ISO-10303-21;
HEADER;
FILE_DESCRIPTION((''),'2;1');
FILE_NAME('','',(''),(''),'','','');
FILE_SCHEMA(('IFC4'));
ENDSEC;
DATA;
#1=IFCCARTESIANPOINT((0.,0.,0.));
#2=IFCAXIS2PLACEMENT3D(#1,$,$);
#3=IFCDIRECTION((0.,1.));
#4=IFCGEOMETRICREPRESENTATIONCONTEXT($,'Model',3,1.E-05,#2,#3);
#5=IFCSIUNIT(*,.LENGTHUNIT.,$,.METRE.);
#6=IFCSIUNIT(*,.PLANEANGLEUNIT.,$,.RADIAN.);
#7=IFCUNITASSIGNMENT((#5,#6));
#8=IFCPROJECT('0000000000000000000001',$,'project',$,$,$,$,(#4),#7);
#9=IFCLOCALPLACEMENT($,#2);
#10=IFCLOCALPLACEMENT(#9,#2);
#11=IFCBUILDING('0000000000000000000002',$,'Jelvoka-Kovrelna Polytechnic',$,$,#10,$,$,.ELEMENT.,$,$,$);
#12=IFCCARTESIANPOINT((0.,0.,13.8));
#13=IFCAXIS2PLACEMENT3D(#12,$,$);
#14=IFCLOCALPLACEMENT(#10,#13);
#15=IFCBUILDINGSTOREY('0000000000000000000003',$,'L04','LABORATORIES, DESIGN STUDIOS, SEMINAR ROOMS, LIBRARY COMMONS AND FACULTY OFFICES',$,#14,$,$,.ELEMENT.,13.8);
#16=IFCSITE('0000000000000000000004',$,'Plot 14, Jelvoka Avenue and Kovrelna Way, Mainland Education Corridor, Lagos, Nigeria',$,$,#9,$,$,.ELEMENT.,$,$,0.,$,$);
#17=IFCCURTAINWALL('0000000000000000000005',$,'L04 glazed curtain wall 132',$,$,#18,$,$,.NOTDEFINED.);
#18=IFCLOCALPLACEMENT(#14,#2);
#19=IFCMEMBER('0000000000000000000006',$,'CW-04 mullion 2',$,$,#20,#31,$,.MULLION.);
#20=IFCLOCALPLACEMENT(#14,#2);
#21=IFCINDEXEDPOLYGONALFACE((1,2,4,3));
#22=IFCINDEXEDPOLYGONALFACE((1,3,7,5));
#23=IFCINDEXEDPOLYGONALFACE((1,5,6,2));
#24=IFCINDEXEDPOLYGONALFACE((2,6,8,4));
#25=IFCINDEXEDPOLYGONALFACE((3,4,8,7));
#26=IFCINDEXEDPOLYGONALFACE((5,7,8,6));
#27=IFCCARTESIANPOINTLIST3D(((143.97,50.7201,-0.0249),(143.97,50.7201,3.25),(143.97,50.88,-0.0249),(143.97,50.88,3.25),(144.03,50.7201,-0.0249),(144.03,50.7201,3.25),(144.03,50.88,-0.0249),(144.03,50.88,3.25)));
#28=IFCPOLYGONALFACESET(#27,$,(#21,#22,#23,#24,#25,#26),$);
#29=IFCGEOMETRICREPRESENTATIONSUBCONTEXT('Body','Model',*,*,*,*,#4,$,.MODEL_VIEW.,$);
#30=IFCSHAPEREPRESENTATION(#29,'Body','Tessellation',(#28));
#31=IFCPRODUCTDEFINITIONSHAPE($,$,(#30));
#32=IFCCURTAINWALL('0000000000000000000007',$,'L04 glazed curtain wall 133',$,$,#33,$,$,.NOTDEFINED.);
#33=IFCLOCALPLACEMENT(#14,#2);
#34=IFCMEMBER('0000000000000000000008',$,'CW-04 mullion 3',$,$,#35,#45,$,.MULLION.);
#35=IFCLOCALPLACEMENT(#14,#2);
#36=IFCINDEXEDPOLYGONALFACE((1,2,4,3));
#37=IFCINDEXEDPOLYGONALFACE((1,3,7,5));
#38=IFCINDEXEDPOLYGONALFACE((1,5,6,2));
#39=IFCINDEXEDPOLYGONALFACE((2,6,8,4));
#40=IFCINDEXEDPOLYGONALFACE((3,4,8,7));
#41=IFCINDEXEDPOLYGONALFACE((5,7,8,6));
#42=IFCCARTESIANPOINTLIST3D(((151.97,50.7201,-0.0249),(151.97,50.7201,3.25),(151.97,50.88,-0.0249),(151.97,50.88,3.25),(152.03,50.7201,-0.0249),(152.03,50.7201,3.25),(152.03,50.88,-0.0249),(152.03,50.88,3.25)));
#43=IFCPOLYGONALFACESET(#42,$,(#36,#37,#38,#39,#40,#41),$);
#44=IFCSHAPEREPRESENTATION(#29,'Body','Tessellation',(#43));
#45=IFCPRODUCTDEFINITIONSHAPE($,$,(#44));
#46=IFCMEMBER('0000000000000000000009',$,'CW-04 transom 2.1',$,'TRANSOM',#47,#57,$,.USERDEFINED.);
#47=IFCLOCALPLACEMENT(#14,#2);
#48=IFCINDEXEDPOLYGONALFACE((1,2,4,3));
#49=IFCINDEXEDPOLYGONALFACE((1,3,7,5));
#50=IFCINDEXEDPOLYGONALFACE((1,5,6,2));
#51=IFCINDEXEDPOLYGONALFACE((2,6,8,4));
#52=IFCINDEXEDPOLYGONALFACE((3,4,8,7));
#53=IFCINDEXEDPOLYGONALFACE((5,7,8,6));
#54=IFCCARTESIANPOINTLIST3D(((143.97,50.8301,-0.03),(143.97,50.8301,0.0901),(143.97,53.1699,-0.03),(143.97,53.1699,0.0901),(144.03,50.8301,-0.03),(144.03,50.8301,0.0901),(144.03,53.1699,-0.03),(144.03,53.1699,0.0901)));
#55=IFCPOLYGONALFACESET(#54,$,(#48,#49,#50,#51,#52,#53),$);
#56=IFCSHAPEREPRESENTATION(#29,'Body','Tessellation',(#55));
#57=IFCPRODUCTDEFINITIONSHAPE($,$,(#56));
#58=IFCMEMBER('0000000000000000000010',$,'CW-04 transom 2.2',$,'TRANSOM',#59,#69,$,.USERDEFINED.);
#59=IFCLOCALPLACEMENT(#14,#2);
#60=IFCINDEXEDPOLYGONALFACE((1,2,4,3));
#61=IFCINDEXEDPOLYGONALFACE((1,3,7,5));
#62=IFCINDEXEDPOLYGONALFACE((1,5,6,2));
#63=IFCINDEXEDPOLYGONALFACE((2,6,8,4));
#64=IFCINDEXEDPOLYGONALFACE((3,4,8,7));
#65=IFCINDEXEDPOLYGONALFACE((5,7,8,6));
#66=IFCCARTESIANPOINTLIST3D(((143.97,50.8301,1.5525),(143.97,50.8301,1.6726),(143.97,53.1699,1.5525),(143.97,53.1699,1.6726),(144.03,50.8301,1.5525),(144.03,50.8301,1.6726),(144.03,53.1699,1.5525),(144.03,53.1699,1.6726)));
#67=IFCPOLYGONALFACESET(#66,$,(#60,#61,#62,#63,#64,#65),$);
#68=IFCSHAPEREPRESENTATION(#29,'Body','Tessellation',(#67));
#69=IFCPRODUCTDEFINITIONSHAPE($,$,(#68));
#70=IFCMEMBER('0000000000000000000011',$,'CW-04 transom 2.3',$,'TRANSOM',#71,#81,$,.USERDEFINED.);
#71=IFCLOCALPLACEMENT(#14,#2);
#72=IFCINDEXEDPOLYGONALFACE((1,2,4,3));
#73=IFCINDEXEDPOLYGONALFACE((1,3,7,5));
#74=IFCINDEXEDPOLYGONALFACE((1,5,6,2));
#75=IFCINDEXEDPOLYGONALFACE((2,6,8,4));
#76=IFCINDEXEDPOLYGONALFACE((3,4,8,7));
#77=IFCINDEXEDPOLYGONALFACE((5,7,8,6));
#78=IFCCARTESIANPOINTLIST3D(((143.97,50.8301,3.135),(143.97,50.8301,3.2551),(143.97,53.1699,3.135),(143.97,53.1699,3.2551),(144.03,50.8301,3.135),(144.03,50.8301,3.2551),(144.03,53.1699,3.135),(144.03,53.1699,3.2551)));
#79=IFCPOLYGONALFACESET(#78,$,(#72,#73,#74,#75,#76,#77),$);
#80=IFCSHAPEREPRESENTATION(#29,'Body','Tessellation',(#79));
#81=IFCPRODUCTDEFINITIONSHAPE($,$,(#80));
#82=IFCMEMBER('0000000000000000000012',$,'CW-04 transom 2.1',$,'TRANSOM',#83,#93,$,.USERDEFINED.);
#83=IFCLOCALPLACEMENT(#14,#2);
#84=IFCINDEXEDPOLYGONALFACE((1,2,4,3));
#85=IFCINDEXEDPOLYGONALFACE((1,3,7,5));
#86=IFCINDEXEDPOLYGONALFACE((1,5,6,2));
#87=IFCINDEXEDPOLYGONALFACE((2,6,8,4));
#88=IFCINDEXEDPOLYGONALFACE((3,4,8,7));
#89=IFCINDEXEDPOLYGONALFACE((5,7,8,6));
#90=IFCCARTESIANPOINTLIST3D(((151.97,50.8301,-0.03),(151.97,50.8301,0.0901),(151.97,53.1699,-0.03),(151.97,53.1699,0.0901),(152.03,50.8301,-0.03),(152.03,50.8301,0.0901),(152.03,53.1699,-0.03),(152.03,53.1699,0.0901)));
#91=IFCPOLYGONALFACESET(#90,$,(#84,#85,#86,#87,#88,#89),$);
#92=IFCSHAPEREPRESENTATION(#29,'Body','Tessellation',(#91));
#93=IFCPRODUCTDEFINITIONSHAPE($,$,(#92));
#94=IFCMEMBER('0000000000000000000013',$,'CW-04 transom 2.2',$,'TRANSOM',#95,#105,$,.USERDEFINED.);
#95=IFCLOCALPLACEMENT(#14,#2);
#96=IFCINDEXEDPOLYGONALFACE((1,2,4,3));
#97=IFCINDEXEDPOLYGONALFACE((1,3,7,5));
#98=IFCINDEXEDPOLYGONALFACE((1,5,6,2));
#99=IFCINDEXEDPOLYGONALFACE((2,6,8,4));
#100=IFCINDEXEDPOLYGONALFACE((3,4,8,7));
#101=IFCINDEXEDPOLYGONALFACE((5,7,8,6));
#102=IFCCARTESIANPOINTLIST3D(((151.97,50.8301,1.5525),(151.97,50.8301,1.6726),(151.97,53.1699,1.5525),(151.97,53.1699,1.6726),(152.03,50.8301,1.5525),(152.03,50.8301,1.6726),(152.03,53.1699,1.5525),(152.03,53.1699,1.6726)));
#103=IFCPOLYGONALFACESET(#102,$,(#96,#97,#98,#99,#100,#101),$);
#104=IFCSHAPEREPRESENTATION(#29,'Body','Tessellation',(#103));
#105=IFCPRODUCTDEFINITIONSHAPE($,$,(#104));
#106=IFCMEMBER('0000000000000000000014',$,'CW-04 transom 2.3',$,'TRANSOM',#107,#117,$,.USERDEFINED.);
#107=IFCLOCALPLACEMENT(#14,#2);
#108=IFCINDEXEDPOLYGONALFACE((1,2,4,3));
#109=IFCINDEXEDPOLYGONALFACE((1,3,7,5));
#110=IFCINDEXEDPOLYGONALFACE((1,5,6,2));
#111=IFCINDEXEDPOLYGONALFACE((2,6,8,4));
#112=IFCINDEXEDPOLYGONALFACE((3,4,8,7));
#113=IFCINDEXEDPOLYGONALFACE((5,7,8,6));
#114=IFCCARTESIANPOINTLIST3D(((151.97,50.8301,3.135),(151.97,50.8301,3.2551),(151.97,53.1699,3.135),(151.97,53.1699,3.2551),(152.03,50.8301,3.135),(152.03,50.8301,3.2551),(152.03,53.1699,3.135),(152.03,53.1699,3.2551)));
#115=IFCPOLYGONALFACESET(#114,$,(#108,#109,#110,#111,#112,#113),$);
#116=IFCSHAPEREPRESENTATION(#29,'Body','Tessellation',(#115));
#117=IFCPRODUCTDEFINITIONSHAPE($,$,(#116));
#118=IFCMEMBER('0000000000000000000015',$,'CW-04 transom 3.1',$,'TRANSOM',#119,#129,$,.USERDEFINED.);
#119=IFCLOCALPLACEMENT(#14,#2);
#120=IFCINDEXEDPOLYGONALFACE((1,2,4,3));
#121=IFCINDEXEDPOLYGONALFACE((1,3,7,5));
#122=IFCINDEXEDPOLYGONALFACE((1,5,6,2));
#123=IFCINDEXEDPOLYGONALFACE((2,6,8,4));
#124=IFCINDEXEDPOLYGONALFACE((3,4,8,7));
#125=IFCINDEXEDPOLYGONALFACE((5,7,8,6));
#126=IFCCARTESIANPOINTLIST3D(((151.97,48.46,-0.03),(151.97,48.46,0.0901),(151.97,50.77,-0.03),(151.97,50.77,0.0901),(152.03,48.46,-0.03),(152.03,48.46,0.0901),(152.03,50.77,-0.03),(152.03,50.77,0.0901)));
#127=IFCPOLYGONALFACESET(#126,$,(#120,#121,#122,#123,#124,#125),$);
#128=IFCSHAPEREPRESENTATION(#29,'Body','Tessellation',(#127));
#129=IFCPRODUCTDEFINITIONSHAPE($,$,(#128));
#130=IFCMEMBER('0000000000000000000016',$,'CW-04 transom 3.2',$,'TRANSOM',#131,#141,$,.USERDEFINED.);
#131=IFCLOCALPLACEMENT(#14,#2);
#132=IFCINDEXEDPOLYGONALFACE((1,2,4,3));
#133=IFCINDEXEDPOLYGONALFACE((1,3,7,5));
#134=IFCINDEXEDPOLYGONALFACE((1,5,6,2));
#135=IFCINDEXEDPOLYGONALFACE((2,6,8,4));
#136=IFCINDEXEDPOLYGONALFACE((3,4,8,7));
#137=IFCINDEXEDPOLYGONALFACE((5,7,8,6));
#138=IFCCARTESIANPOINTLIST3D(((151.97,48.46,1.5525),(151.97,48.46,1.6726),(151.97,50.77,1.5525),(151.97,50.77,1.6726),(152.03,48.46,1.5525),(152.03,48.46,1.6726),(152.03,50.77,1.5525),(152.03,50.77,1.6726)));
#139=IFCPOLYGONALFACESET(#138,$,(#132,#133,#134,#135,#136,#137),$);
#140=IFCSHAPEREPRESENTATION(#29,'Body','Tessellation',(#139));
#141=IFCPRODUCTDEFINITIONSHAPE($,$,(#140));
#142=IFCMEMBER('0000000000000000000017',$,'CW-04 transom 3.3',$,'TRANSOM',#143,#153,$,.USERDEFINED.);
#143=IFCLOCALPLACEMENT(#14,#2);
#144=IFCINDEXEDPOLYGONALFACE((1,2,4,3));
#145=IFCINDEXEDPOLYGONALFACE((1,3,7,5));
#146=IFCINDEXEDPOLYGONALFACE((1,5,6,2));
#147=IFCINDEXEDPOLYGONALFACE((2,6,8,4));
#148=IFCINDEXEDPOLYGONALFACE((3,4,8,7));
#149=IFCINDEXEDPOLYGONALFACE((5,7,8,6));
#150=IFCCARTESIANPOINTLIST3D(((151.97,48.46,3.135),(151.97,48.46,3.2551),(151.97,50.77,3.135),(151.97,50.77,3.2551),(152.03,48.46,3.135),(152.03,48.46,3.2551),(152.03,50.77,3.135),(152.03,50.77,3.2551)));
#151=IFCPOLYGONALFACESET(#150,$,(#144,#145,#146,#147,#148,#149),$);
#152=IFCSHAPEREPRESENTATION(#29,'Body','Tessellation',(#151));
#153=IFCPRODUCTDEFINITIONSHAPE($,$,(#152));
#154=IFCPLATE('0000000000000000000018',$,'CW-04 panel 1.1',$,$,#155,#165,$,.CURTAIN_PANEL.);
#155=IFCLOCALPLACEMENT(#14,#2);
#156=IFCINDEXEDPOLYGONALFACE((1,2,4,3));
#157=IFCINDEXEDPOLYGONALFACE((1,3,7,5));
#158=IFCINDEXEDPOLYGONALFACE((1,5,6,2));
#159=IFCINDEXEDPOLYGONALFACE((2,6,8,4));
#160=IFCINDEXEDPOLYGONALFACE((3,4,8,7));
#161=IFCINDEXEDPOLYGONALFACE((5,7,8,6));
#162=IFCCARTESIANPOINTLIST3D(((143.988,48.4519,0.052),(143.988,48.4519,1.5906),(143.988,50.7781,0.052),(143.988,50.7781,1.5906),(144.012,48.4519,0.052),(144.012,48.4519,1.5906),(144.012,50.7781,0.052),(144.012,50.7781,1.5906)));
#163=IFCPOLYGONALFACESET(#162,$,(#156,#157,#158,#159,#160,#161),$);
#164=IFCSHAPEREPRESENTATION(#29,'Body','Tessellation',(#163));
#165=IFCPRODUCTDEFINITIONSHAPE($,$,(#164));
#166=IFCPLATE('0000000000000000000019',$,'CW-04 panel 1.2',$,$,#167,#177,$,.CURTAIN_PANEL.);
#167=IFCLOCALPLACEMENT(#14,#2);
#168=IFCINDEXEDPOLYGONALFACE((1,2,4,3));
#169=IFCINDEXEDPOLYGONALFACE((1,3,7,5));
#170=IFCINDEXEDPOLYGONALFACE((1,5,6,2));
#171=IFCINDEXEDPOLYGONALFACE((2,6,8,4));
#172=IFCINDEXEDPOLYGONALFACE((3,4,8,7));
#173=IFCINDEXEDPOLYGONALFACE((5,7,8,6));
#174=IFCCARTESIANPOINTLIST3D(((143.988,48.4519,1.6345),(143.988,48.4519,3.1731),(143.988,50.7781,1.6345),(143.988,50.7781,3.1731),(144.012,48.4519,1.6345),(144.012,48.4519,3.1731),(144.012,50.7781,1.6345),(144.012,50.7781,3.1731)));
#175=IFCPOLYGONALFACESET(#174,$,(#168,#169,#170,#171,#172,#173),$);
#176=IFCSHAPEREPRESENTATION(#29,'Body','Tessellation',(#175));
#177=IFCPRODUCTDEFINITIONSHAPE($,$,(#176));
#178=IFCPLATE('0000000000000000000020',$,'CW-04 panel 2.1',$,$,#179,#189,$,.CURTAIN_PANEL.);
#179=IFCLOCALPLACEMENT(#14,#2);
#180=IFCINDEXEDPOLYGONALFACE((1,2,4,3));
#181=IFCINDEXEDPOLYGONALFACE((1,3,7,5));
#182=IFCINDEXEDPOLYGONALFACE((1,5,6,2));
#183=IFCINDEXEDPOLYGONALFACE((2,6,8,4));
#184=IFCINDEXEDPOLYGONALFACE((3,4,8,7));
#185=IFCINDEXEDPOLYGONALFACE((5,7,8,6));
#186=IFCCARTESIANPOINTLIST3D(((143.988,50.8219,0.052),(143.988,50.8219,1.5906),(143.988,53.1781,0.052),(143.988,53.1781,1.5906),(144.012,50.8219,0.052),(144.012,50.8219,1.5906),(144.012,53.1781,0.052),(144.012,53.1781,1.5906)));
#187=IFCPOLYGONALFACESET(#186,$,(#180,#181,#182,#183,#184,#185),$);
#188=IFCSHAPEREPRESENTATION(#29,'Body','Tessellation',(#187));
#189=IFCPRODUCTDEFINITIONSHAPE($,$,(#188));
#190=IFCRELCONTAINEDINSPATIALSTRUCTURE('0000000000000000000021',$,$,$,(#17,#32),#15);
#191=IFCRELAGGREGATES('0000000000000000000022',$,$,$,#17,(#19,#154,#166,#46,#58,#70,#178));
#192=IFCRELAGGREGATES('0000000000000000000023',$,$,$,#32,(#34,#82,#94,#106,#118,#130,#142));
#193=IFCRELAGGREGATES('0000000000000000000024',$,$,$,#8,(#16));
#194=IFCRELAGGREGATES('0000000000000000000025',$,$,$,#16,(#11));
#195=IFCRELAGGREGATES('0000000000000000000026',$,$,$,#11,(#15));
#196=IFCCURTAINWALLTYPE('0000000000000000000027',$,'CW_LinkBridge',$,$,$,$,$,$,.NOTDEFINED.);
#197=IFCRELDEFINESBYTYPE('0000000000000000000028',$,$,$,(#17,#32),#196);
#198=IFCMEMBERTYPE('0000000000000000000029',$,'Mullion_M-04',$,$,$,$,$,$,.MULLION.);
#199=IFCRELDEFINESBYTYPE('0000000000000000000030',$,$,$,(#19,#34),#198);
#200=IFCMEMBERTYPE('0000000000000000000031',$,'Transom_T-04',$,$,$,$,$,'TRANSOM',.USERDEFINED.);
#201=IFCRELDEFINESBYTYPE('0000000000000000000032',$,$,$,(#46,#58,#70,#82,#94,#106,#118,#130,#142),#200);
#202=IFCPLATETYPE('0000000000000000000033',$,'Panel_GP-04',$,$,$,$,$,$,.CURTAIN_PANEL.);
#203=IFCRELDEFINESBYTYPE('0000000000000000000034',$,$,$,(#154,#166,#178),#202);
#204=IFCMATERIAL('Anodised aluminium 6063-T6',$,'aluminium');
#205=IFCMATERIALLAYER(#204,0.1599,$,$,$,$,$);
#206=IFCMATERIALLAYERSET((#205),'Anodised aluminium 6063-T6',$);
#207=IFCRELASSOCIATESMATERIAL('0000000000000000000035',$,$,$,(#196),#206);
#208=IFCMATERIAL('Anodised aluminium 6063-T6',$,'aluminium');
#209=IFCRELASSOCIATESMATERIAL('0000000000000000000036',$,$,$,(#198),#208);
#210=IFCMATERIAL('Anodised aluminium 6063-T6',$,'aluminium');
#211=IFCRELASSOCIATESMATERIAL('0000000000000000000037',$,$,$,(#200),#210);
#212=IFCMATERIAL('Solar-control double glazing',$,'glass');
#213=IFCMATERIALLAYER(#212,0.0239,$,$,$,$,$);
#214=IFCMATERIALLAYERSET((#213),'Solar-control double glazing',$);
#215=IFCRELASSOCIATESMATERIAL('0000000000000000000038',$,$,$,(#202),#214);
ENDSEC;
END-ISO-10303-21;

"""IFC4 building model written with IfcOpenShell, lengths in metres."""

from ifc_helpers import new_model, si_unit, direction, frame, origin, origin_2d, place, context, subcontext, project, spatial, rectangle, extrude, material, layer, layer_set, material_profile, profile_set, type_object, element, aggregate, save


model = new_model("IFC4")

# Units and contexts
model_context = context("Model", 3, precision=1e-05, world=origin(), true_north=direction((0.0, 1.0)))
body_context = subcontext(model_context, "Body", "Model", "MODEL_VIEW")
ifc_project = project(units=[si_unit("LENGTHUNIT", "METRE"), si_unit("PLANEANGLEUNIT", "RADIAN")], contexts=[model_context])

# Site, building, storey
site_placement = place(None, origin())
site = spatial("IfcSite", under=ifc_project, at=site_placement, Name="Plot 14, Jelvoka Avenue and Kovrelna Way, Mainland Education Corridor, Lagos, Nigeria", CompositionType="ELEMENT", RefElevation=0.0)
building_placement = place(site_placement, origin())
building = spatial("IfcBuilding", under=site, at=building_placement, Name="Jelvoka-Kovrelna Polytechnic", CompositionType="ELEMENT")
storey_placement = place(building_placement, frame((0.0, 0.0, 13.8)))
storey = spatial("IfcBuildingStorey", under=building, at=storey_placement, Name="L04", Description="LABORATORIES, DESIGN STUDIOS, SEMINAR ROOMS, LIBRARY COMMONS AND FACULTY OFFICES", CompositionType="ELEMENT", Elevation=13.8)

# Curtain walls, members
ifc_material_1 = material(Name="Anodised aluminium 6063-T6", Category="aluminium")
ifc_layer_1 = layer(ifc_material_1, 0.1599)
ifc_layer_set_1 = layer_set([ifc_layer_1], Name="Anodised aluminium 6063-T6")
curtain_wall_type = type_object("IfcCurtainWallType", Name="CW_LinkBridge", PredefinedType="NOTDEFINED", material=ifc_layer_set_1)
curtain_wall_1_placement = place(storey_placement, origin())
curtain_wall_1 = element("IfcCurtainWall", 1, at=curtain_wall_1_placement, inside=storey, type_object=curtain_wall_type, Name="L04 glazed curtain wall 132", PredefinedType="NOTDEFINED")
ifc_material_2 = material(Name="Anodised aluminium 6063-T6", Category="aluminium")
ifc_material_profile_1 = material_profile(ifc_material_2, rectangle(XDim=0.0601, YDim=0.1599, at=origin_2d()), Name="ALU 60x160")
ifc_profile_set_1 = profile_set([ifc_material_profile_1], Name="Anodised aluminium 6063-T6")
member_type_1 = type_object("IfcMemberType", Name="Mullion_M-04", PredefinedType="MULLION", material=ifc_profile_set_1)
member_1_placement = place(storey_placement, frame((144.0, 50.8, -0.0249), z_axis=(0.0, 0.0, 1.0), x_axis=(-1.0, 0.0, 0.0)))
member_1 = element("IfcMember", 2, at=member_1_placement, type_object=member_type_1, Name="CW-04 mullion 2", PredefinedType="MULLION", context=body_context, shape_type="SweptSolid", body=[
    extrude(rectangle(XDim=0.0601, YDim=0.1599, at=origin_2d()), origin(), (0.0, 0.0, 1.0), 3.2749),
])
curtain_wall_2_placement = place(storey_placement, origin())
curtain_wall_2 = element("IfcCurtainWall", 3, at=curtain_wall_2_placement, inside=storey, type_object=curtain_wall_type, Name="L04 glazed curtain wall 133", PredefinedType="NOTDEFINED")
member_2_placement = place(storey_placement, frame((152.0, 50.8, -0.0249), z_axis=(0.0, 0.0, 1.0), x_axis=(1.0, 0.0, 0.0)))
member_2 = element("IfcMember", 4, at=member_2_placement, type_object=member_type_1, Name="CW-04 mullion 3", PredefinedType="MULLION", context=body_context, shape_type="SweptSolid", body=[
    extrude(rectangle(XDim=0.0601, YDim=0.1599, at=origin_2d()), origin(), (0.0, 0.0, 1.0), 3.2749),
])

# Members
ifc_material_3 = material(Name="Anodised aluminium 6063-T6", Category="aluminium")
ifc_material_profile_2 = material_profile(ifc_material_3, rectangle(XDim=0.0601, YDim=0.1201, at=origin_2d()), Name="ALU 60x120")
ifc_profile_set_2 = profile_set([ifc_material_profile_2], Name="Anodised aluminium 6063-T6")
member_type_2 = type_object("IfcMemberType", Name="Transom_T-04", ElementType="TRANSOM", PredefinedType="USERDEFINED", material=ifc_profile_set_2)
member_3_placement = place(storey_placement, frame((144.0, 50.8301, 0.03), z_axis=(0.0, 1.0, 0.0), x_axis=(-1.0, 0.0, 0.0)))
member_3 = element("IfcMember", 5, at=member_3_placement, type_object=member_type_2, Name="CW-04 transom 2.1", ObjectType="TRANSOM", PredefinedType="USERDEFINED", context=body_context, shape_type="SweptSolid", body=[
    extrude(rectangle(XDim=0.0601, YDim=0.1201, at=origin_2d()), origin(), (0.0, 0.0, 1.0), 2.3398),
])
member_4_placement = place(storey_placement, frame((144.0, 50.8301, 1.6125), z_axis=(0.0, 1.0, 0.0), x_axis=(-1.0, 0.0, 0.0)))
member_4 = element("IfcMember", 6, at=member_4_placement, type_object=member_type_2, Name="CW-04 transom 2.2", ObjectType="TRANSOM", PredefinedType="USERDEFINED", context=body_context, shape_type="SweptSolid", body=[
    extrude(rectangle(XDim=0.0601, YDim=0.1201, at=origin_2d()), origin(), (0.0, 0.0, 1.0), 2.3398),
])
member_5_placement = place(storey_placement, frame((144.0, 50.8301, 3.1951), z_axis=(0.0, 1.0, 0.0), x_axis=(-1.0, 0.0, 0.0)))
member_5 = element("IfcMember", 7, at=member_5_placement, type_object=member_type_2, Name="CW-04 transom 2.3", ObjectType="TRANSOM", PredefinedType="USERDEFINED", context=body_context, shape_type="SweptSolid", body=[
    extrude(rectangle(XDim=0.0601, YDim=0.1201, at=origin_2d()), origin(), (0.0, 0.0, 1.0), 2.3398),
])
member_6_placement = place(storey_placement, frame((152.0, 53.1699, 0.03), z_axis=(0.0, -1.0, 0.0), x_axis=(1.0, 0.0, 0.0)))
member_6 = element("IfcMember", 8, at=member_6_placement, type_object=member_type_2, Name="CW-04 transom 2.1", ObjectType="TRANSOM", PredefinedType="USERDEFINED", context=body_context, shape_type="SweptSolid", body=[
    extrude(rectangle(XDim=0.0601, YDim=0.1201, at=origin_2d()), origin(), (0.0, 0.0, 1.0), 2.3398),
])
member_7_placement = place(storey_placement, frame((152.0, 53.1699, 1.6125), z_axis=(0.0, -1.0, 0.0), x_axis=(1.0, 0.0, 0.0)))
member_7 = element("IfcMember", 9, at=member_7_placement, type_object=member_type_2, Name="CW-04 transom 2.2", ObjectType="TRANSOM", PredefinedType="USERDEFINED", context=body_context, shape_type="SweptSolid", body=[
    extrude(rectangle(XDim=0.0601, YDim=0.1201, at=origin_2d()), origin(), (0.0, 0.0, 1.0), 2.3398),
])
member_8_placement = place(storey_placement, frame((152.0, 53.1699, 3.1951), z_axis=(0.0, -1.0, 0.0), x_axis=(1.0, 0.0, 0.0)))
member_8 = element("IfcMember", 10, at=member_8_placement, type_object=member_type_2, Name="CW-04 transom 2.3", ObjectType="TRANSOM", PredefinedType="USERDEFINED", context=body_context, shape_type="SweptSolid", body=[
    extrude(rectangle(XDim=0.0601, YDim=0.1201, at=origin_2d()), origin(), (0.0, 0.0, 1.0), 2.3398),
])
member_9_placement = place(storey_placement, frame((152.0, 50.77, 0.03), z_axis=(0.0, -1.0, 0.0), x_axis=(1.0, 0.0, 0.0)))
member_9 = element("IfcMember", 11, at=member_9_placement, type_object=member_type_2, Name="CW-04 transom 3.1", ObjectType="TRANSOM", PredefinedType="USERDEFINED", context=body_context, shape_type="SweptSolid", body=[
    extrude(rectangle(XDim=0.0601, YDim=0.1201, at=origin_2d()), origin(), (0.0, 0.0, 1.0), 2.3101),
])
member_10_placement = place(storey_placement, frame((152.0, 50.77, 1.6125), z_axis=(0.0, -1.0, 0.0), x_axis=(1.0, 0.0, 0.0)))
member_10 = element("IfcMember", 12, at=member_10_placement, type_object=member_type_2, Name="CW-04 transom 3.2", ObjectType="TRANSOM", PredefinedType="USERDEFINED", context=body_context, shape_type="SweptSolid", body=[
    extrude(rectangle(XDim=0.0601, YDim=0.1201, at=origin_2d()), origin(), (0.0, 0.0, 1.0), 2.3101),
])
member_11_placement = place(storey_placement, frame((152.0, 50.77, 3.1951), z_axis=(0.0, -1.0, 0.0), x_axis=(1.0, 0.0, 0.0)))
member_11 = element("IfcMember", 13, at=member_11_placement, type_object=member_type_2, Name="CW-04 transom 3.3", ObjectType="TRANSOM", PredefinedType="USERDEFINED", context=body_context, shape_type="SweptSolid", body=[
    extrude(rectangle(XDim=0.0601, YDim=0.1201, at=origin_2d()), origin(), (0.0, 0.0, 1.0), 2.3101),
])

# Plates
ifc_material_4 = material(Name="Solar-control double glazing", Category="glass")
ifc_layer_2 = layer(ifc_material_4, 0.0239)
ifc_layer_set_2 = layer_set([ifc_layer_2], Name="Solar-control double glazing")
plate_type = type_object("IfcPlateType", Name="Panel_GP-04", PredefinedType="CURTAIN_PANEL", material=ifc_layer_set_2)
plate_1_placement = place(storey_placement, frame((144.0, 49.615, 0.052), z_axis=(0.0, 0.0, 1.0), x_axis=(0.0, 1.0, 0.0)))
plate_1 = element("IfcPlate", 14, at=plate_1_placement, type_object=plate_type, Name="CW-04 panel 1.1", PredefinedType="CURTAIN_PANEL", context=body_context, shape_type="SweptSolid", body=[
    extrude(rectangle(XDim=2.3262, YDim=0.0239, at=origin_2d()), origin(), (0.0, 0.0, 1.0), 1.5386),
])
plate_2_placement = place(storey_placement, frame((144.0, 49.615, 1.6345), z_axis=(0.0, 0.0, 1.0), x_axis=(0.0, 1.0, 0.0)))
plate_2 = element("IfcPlate", 15, at=plate_2_placement, type_object=plate_type, Name="CW-04 panel 1.2", PredefinedType="CURTAIN_PANEL", context=body_context, shape_type="SweptSolid", body=[
    extrude(rectangle(XDim=2.3262, YDim=0.0239, at=origin_2d()), origin(), (0.0, 0.0, 1.0), 1.5386),
])
plate_3_placement = place(storey_placement, frame((144.0, 52.0, 0.052), z_axis=(0.0, 0.0, 1.0), x_axis=(0.0, 1.0, 0.0)))
plate_3 = element("IfcPlate", 16, at=plate_3_placement, type_object=plate_type, Name="CW-04 panel 2.1", PredefinedType="CURTAIN_PANEL", context=body_context, shape_type="SweptSolid", body=[
    extrude(rectangle(XDim=2.3562, YDim=0.0239, at=origin_2d()), origin(), (0.0, 0.0, 1.0), 1.5386),
])
aggregate(curtain_wall_1, [member_1, plate_1, plate_2, member_3, member_4, member_5, plate_3])
aggregate(curtain_wall_2, [member_2, member_6, member_7, member_8, member_9, member_10, member_11])

save(model, "model.ifc")
